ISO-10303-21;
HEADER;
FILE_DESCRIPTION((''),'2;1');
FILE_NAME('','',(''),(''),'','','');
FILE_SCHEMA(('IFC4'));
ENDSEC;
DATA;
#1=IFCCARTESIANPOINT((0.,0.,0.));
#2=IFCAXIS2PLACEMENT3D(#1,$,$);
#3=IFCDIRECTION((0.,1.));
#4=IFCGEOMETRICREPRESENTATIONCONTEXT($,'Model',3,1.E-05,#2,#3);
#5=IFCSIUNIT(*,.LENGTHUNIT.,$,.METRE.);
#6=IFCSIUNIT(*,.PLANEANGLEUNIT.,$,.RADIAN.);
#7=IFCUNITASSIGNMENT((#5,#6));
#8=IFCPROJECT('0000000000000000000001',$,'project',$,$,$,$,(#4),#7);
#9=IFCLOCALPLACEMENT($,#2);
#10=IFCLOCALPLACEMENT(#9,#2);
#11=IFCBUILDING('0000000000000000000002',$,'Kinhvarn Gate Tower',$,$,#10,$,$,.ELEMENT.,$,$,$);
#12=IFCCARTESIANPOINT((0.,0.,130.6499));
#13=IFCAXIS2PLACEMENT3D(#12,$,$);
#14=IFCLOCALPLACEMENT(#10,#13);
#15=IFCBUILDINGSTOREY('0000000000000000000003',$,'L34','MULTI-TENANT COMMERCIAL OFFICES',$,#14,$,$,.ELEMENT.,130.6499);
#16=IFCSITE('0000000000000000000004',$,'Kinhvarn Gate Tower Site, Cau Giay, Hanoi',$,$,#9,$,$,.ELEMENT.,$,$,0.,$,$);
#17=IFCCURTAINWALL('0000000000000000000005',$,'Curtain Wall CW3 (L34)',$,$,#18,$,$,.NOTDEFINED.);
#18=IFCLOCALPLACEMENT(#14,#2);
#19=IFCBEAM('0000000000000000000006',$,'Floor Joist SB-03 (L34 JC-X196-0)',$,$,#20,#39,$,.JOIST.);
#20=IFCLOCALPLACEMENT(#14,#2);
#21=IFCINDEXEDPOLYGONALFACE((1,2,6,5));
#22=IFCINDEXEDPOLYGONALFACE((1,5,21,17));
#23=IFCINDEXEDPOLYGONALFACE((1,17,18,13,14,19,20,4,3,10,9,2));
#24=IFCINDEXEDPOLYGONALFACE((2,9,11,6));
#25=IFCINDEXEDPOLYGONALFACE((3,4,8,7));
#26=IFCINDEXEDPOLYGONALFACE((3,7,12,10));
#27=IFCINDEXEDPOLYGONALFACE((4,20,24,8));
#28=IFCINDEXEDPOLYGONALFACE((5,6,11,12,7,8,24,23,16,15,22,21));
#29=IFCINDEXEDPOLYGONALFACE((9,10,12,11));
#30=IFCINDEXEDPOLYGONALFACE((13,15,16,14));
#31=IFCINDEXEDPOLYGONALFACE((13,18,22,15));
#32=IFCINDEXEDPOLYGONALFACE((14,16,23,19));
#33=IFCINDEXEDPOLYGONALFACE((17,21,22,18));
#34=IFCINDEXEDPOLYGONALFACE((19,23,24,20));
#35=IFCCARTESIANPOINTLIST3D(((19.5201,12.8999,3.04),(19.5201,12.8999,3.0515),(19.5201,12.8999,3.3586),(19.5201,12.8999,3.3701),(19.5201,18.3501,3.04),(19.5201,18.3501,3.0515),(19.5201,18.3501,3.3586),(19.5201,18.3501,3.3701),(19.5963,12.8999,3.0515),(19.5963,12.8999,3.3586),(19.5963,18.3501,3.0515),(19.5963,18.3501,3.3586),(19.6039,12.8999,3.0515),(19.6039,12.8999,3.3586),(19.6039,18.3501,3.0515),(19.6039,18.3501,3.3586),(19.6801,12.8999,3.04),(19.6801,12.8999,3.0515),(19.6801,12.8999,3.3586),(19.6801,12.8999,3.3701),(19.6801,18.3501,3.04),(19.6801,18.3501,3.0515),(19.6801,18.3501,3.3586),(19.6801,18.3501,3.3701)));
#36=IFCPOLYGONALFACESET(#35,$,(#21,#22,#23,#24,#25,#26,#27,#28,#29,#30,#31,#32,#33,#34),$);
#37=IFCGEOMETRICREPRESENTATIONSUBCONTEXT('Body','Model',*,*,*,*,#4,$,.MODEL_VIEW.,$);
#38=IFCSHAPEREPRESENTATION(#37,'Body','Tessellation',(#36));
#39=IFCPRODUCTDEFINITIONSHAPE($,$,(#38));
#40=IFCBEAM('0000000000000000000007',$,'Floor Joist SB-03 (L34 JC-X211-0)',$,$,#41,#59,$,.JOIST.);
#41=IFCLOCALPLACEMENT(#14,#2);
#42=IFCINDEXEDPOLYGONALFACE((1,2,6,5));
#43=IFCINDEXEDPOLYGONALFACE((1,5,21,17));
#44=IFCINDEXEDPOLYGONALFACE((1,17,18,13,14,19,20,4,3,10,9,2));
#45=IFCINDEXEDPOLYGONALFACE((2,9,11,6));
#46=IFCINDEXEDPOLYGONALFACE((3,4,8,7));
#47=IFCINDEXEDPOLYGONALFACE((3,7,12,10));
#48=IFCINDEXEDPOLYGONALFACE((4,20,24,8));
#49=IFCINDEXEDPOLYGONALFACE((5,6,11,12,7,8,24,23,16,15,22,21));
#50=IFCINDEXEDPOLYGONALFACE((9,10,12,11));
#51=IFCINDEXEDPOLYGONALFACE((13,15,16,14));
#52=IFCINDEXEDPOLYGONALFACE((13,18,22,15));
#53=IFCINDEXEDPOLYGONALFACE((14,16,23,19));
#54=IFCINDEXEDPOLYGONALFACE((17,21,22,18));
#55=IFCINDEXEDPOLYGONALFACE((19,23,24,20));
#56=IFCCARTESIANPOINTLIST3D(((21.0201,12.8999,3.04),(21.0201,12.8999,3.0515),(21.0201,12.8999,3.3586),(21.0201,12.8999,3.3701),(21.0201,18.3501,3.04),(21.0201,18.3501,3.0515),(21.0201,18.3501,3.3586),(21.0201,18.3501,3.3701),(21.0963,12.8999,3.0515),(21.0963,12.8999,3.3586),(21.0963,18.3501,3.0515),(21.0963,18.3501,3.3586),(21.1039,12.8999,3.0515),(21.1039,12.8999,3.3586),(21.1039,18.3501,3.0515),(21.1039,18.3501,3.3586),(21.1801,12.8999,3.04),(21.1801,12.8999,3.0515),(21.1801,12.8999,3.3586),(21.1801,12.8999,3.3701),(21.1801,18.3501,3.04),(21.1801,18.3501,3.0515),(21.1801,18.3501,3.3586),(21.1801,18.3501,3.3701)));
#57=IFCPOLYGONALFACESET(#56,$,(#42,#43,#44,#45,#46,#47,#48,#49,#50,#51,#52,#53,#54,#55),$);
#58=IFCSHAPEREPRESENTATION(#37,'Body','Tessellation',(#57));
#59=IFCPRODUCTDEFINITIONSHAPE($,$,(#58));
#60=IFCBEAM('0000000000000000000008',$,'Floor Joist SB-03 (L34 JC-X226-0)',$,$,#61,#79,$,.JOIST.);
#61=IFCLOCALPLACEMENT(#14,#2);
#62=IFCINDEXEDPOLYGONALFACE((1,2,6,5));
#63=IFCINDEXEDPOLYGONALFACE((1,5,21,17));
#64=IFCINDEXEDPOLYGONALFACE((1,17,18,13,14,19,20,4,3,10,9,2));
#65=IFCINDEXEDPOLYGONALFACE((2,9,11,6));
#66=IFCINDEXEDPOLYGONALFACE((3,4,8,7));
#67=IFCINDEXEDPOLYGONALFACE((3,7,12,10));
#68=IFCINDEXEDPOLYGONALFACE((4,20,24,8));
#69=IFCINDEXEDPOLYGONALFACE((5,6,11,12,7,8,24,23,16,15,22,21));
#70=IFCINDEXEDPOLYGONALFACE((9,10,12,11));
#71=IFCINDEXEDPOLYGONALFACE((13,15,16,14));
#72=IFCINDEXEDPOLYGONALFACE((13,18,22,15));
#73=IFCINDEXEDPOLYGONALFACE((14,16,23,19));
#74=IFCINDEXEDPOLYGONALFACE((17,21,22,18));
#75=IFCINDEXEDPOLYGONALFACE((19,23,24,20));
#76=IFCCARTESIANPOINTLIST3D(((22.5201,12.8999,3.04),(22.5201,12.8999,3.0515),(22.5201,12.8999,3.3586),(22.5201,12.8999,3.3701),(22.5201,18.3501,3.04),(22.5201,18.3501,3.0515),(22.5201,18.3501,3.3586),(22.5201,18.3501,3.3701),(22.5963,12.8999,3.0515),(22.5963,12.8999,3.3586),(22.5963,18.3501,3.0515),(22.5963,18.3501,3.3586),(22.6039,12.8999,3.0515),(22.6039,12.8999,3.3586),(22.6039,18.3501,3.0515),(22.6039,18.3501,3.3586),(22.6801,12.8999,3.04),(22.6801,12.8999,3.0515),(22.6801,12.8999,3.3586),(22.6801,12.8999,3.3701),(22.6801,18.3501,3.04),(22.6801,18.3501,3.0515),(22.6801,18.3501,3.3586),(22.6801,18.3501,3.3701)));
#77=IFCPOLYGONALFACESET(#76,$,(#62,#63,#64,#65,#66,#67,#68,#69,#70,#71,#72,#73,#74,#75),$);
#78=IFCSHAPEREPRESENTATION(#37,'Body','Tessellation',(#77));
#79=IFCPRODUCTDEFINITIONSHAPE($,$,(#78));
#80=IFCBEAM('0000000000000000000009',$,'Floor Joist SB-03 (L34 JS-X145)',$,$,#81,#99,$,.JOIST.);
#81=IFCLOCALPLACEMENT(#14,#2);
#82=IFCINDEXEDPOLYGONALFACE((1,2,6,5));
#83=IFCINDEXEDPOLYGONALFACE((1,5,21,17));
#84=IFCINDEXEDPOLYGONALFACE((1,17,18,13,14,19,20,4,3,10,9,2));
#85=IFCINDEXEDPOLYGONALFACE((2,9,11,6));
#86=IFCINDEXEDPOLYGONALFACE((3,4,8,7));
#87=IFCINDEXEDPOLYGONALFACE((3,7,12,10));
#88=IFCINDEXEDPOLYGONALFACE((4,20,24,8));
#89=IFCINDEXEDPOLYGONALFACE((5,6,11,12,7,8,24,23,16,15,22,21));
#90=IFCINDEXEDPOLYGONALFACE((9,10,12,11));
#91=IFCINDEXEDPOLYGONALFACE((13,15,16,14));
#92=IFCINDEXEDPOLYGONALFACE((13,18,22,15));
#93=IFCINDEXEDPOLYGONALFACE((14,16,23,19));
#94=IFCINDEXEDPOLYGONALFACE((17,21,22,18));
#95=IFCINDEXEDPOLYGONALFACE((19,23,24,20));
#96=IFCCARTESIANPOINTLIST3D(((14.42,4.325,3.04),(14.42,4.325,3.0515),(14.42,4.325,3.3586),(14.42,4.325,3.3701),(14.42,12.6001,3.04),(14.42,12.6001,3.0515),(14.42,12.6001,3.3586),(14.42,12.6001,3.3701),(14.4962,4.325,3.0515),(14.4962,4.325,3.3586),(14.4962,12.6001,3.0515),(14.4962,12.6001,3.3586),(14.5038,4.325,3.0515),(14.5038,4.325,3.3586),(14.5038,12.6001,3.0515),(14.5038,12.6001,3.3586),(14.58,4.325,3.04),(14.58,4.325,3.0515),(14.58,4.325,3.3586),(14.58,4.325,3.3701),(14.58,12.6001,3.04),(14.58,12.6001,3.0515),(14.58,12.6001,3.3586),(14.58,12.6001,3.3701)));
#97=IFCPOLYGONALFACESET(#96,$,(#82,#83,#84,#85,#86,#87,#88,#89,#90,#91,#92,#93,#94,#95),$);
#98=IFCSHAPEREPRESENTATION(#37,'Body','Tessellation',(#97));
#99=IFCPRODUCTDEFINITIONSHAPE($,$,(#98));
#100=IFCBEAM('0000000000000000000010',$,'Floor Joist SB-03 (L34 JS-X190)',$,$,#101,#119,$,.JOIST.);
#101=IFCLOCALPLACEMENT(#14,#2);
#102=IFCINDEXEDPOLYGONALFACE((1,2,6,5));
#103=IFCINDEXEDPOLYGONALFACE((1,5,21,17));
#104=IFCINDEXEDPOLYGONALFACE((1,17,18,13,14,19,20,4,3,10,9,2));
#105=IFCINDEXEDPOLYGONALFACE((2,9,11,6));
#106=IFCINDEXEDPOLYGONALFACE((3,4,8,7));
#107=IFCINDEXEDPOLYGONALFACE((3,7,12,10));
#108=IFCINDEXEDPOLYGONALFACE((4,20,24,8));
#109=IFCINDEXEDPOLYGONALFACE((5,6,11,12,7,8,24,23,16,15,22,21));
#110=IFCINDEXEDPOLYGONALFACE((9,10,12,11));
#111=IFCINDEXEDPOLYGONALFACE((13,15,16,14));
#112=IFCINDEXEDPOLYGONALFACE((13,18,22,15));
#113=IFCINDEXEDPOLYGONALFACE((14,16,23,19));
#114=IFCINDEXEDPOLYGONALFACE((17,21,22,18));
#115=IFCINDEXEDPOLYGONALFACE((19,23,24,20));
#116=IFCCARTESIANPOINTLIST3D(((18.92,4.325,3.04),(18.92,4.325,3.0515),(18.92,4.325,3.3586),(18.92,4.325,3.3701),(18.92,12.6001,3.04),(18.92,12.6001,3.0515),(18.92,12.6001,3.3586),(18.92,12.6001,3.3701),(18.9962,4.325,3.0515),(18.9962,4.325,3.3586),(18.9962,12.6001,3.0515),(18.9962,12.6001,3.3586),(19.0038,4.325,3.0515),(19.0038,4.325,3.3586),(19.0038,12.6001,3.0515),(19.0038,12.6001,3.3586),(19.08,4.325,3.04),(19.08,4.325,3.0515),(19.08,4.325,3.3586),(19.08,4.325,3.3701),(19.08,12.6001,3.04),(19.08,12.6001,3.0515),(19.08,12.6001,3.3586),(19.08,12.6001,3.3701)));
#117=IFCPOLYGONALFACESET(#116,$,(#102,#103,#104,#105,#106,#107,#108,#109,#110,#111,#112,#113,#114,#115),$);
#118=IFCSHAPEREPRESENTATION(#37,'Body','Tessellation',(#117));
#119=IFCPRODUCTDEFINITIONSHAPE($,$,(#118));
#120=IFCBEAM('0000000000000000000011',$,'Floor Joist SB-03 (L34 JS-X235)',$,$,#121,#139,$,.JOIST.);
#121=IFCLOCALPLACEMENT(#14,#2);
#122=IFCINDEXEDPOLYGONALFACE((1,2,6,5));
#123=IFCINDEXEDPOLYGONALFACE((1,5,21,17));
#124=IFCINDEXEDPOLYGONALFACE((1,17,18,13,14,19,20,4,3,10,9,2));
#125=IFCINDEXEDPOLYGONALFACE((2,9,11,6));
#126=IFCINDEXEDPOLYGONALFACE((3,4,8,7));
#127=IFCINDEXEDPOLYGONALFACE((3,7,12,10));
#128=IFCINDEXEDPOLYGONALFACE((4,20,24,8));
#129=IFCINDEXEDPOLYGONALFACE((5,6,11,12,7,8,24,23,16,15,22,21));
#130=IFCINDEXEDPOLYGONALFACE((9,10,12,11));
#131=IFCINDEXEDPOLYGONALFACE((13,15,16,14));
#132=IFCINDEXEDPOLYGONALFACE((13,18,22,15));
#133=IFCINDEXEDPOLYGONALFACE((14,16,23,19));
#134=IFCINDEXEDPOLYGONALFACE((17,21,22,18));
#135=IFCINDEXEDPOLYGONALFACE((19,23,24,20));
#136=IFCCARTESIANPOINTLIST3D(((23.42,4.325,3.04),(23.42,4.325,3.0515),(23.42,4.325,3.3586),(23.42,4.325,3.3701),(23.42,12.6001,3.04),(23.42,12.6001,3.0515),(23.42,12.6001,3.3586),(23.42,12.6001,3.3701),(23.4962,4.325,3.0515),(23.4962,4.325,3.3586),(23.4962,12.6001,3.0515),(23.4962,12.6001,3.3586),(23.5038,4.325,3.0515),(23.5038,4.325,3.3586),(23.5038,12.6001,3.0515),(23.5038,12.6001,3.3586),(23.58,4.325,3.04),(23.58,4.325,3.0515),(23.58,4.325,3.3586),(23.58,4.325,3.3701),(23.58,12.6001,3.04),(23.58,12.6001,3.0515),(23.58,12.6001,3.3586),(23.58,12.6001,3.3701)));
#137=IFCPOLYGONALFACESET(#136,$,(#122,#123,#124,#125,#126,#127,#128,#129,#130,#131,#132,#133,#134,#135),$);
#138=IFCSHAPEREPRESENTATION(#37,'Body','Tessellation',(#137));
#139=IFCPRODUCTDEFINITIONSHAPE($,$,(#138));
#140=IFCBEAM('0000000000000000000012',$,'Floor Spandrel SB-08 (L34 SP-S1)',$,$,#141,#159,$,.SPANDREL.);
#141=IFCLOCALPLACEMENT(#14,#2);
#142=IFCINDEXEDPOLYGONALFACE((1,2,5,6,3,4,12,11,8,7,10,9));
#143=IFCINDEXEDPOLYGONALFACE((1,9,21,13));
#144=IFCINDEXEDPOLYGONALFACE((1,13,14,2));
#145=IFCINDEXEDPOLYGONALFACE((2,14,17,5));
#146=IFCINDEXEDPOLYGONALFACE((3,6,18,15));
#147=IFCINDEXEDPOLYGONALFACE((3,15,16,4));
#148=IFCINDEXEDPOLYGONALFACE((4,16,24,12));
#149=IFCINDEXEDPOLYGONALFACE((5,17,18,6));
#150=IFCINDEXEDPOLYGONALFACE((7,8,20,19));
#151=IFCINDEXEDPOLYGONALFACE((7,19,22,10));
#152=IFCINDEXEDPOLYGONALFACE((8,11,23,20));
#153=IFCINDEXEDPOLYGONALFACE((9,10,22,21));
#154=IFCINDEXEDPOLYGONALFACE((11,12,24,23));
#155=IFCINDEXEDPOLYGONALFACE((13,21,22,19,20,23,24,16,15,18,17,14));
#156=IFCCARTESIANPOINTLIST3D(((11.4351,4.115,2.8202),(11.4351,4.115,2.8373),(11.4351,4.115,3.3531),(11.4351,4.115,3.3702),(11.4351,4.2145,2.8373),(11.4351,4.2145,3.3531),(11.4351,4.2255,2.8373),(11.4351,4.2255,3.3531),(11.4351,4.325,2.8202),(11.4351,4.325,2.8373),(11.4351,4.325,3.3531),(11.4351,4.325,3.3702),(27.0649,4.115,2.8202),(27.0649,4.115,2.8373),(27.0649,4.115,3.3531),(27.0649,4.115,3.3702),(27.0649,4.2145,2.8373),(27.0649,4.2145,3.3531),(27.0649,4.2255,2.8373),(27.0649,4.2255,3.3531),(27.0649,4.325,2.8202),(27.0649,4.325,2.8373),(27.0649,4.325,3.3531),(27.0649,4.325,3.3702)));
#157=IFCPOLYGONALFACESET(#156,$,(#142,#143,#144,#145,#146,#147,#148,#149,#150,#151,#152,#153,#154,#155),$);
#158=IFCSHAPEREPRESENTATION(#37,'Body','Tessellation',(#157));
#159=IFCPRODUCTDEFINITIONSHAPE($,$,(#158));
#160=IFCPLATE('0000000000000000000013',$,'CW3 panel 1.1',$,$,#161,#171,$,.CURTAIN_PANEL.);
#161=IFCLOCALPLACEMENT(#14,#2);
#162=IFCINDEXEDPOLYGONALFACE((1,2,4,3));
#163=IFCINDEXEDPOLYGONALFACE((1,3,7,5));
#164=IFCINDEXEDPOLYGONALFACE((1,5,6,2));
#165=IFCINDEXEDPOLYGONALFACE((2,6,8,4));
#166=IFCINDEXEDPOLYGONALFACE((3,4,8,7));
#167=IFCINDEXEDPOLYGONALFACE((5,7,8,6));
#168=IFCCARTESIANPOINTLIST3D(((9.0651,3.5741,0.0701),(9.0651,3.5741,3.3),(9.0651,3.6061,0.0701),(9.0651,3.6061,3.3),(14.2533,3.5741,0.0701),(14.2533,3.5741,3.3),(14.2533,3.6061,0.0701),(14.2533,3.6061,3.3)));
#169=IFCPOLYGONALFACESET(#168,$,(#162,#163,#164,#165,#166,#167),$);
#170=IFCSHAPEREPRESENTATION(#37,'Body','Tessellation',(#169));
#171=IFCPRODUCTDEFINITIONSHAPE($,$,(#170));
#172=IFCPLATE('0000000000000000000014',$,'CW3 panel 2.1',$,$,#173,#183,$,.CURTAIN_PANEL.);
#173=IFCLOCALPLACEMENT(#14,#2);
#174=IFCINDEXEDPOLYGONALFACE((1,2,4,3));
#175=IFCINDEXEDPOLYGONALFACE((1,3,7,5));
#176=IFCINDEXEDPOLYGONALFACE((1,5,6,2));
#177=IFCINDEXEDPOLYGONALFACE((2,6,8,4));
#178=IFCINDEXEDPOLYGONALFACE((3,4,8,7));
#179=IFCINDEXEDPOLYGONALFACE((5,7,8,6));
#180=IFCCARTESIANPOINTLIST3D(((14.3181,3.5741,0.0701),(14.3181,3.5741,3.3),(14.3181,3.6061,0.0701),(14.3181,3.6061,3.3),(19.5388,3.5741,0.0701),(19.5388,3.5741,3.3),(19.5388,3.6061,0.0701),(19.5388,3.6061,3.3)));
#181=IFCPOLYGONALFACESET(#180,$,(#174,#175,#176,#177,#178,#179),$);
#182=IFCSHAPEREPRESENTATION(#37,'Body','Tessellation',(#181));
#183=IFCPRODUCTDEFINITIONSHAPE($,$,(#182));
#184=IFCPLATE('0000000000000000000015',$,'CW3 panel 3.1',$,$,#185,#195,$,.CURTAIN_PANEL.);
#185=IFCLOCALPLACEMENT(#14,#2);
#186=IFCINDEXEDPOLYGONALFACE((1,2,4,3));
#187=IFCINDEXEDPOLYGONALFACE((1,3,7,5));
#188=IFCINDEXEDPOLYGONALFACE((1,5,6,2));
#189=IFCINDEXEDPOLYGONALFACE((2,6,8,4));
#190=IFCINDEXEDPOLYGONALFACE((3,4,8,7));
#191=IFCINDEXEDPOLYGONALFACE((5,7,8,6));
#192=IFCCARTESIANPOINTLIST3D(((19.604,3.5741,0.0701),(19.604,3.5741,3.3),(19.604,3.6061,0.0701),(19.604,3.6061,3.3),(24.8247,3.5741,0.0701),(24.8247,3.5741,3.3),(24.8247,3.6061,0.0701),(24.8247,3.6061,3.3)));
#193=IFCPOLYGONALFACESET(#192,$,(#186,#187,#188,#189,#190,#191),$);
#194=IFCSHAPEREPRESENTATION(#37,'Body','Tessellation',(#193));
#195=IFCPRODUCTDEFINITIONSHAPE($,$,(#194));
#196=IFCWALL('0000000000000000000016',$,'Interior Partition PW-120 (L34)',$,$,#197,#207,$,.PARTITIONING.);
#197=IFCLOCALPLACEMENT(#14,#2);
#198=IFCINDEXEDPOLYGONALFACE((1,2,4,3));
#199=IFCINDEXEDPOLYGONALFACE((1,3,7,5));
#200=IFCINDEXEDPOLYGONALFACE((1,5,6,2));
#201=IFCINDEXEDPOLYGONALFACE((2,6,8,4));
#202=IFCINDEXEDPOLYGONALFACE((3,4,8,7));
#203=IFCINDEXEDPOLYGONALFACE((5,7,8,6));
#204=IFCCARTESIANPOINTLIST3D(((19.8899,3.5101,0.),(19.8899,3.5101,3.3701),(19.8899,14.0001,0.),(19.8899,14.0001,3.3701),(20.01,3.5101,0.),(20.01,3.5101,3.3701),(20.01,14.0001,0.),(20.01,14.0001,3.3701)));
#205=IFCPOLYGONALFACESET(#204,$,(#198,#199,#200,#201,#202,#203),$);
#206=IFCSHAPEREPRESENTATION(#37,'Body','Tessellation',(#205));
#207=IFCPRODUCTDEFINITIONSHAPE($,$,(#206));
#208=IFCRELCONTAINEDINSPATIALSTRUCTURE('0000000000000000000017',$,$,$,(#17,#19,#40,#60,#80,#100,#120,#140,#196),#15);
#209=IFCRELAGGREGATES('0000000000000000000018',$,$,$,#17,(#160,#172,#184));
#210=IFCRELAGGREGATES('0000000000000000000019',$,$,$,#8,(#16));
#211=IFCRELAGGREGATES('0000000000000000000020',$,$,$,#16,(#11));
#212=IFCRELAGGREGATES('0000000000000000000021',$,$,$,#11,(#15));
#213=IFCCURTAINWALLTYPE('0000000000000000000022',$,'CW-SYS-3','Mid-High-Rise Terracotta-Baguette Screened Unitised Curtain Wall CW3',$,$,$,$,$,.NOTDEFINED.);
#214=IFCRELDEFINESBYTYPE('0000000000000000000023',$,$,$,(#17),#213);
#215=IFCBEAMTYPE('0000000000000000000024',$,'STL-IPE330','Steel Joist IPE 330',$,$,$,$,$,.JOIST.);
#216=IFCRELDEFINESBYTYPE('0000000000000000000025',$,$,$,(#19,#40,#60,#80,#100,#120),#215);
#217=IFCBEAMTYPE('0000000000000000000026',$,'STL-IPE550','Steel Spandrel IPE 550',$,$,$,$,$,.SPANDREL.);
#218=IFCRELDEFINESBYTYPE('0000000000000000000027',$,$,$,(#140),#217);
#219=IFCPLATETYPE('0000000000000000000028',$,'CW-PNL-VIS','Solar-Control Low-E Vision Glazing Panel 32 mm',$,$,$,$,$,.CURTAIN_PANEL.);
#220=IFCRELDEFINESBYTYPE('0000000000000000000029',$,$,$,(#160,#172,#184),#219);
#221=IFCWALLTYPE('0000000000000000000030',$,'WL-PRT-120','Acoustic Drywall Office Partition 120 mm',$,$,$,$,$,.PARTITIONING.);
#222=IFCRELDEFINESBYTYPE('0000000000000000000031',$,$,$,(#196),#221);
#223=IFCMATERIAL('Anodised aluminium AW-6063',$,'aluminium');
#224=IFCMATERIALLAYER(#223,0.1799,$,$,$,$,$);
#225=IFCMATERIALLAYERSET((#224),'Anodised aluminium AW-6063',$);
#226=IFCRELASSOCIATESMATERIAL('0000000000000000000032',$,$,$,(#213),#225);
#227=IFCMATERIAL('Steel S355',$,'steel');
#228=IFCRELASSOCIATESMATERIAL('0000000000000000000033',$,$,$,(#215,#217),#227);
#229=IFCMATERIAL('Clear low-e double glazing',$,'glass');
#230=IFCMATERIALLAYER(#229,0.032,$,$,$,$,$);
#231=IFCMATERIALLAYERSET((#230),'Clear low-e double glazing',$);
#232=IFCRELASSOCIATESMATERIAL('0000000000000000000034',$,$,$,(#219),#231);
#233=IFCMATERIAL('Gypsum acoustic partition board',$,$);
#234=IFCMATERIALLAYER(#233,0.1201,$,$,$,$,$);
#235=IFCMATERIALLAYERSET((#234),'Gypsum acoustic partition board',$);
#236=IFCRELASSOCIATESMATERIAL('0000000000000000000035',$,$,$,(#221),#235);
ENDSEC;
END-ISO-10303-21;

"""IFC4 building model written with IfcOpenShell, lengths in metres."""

from ifc_helpers import new_model, si_unit, direction, frame, frame_2d, origin, origin_2d, place, context, subcontext, project, spatial, rectangle, i_section, extrude, material, layer, layer_set, material_profile, profile_set, type_object, element, aggregate, save


model = new_model("IFC4")

# Units and contexts
model_context = context("Model", 3, precision=1e-05, world=origin(), true_north=direction((0.0, 1.0)))
body_context = subcontext(model_context, "Body", "Model", "MODEL_VIEW")
ifc_project = project(units=[si_unit("LENGTHUNIT", "METRE"), si_unit("PLANEANGLEUNIT", "RADIAN")], contexts=[model_context])

# Site, building, storey
site_placement = place(None, origin())
site = spatial("IfcSite", under=ifc_project, at=site_placement, Name="Kinhvarn Gate Tower Site, Cau Giay, Hanoi", CompositionType="ELEMENT", RefElevation=0.0)
building_placement = place(site_placement, origin())
building = spatial("IfcBuilding", under=site, at=building_placement, Name="Kinhvarn Gate Tower", CompositionType="ELEMENT")
storey_placement = place(building_placement, frame((0.0, 0.0, 130.6499)))
storey = spatial("IfcBuildingStorey", under=building, at=storey_placement, Name="L34", Description="MULTI-TENANT COMMERCIAL OFFICES", CompositionType="ELEMENT", Elevation=130.6499)

# Curtain wall
ifc_material_1 = material(Name="Anodised aluminium AW-6063", Category="aluminium")
ifc_layer_1 = layer(ifc_material_1, 0.1799)
ifc_layer_set_1 = layer_set([ifc_layer_1], Name="Anodised aluminium AW-6063")
curtain_wall_type = type_object("IfcCurtainWallType", Name="CW-SYS-3", Description="Mid-High-Rise Terracotta-Baguette Screened Unitised Curtain Wall CW3", PredefinedType="NOTDEFINED", material=ifc_layer_set_1)
curtain_wall_placement = place(storey_placement, origin())
curtain_wall = element("IfcCurtainWall", 1, at=curtain_wall_placement, inside=storey, type_object=curtain_wall_type, Name="Curtain Wall CW3 (L34)", PredefinedType="NOTDEFINED")

# Beams
ifc_material_2 = material(Name="Steel S355", Category="steel")
ifc_material_profile_1 = material_profile(ifc_material_2, i_section(OverallWidth=0.1599, OverallDepth=0.3301, WebThickness=0.0076, FlangeThickness=0.0115, at=origin_2d()), Name="IPE 330")
ifc_profile_set_1 = profile_set([ifc_material_profile_1], Name="Steel S355")
beam_type_1 = type_object("IfcBeamType", Name="STL-IPE330", Description="Steel Joist IPE 330", PredefinedType="JOIST", material=ifc_profile_set_1)
for number, where, z_axis, x_axis, name in (
    (2, (19.6001, 12.8999, 3.2051), (0.0, 1.0, 0.0), (-1.0, 0.0, 0.0), "Floor Joist SB-03 (L34 JC-X196-0)"),
    (3, (21.1001, 12.8999, 3.2051), (0.0, 1.0, 0.0), (-1.0, 0.0, 0.0), "Floor Joist SB-03 (L34 JC-X211-0)"),
    (4, (22.6001, 12.8999, 3.2051), (0.0, 1.0, 0.0), (-1.0, 0.0, 0.0), "Floor Joist SB-03 (L34 JC-X226-0)"),
):
    element("IfcBeam", number, at=place(storey_placement, frame(where, z_axis=z_axis, x_axis=x_axis)), inside=storey, type_object=beam_type_1, Name=name, PredefinedType="JOIST", context=body_context, shape_type="SweptSolid", body=[
        extrude(i_section(OverallWidth=0.1599, OverallDepth=0.3301, WebThickness=0.0076, FlangeThickness=0.0115, at=origin_2d()), origin(), (0.0, 0.0, 1.0), 5.4502),
    ])
for number, where, z_axis, x_axis, name in (
    (5, (14.5, 4.325, 3.2051), (0.0, 1.0, 0.0), (-1.0, 0.0, 0.0), "Floor Joist SB-03 (L34 JS-X145)"),
    (6, (19.0, 4.325, 3.2051), (0.0, 1.0, 0.0), (-1.0, 0.0, 0.0), "Floor Joist SB-03 (L34 JS-X190)"),
    (7, (23.5, 4.325, 3.2051), (0.0, 1.0, 0.0), (-1.0, 0.0, 0.0), "Floor Joist SB-03 (L34 JS-X235)"),
):
    element("IfcBeam", number, at=place(storey_placement, frame(where, z_axis=z_axis, x_axis=x_axis)), inside=storey, type_object=beam_type_1, Name=name, PredefinedType="JOIST", context=body_context, shape_type="SweptSolid", body=[
        extrude(i_section(OverallWidth=0.1599, OverallDepth=0.3301, WebThickness=0.0076, FlangeThickness=0.0115, at=origin_2d()), origin(), (0.0, 0.0, 1.0), 8.2751),
    ])
ifc_material_profile_2 = material_profile(ifc_material_2, i_section(OverallWidth=0.21, OverallDepth=0.55, WebThickness=0.011, FlangeThickness=0.0171, at=origin_2d()), Name="IPE 550")
ifc_profile_set_2 = profile_set([ifc_material_profile_2], Name="Steel S355")
beam_type_2 = type_object("IfcBeamType", Name="STL-IPE550", Description="Steel Spandrel IPE 550", PredefinedType="SPANDREL", material=ifc_profile_set_2)
beam_1_placement = place(storey_placement, frame((11.4351, 4.22, 3.0952), z_axis=(1.0, 0.0, 0.0), x_axis=(0.0, 1.0, 0.0)))
element("IfcBeam", 8, at=beam_1_placement, inside=storey, type_object=beam_type_2, Name="Floor Spandrel SB-08 (L34 SP-S1)", PredefinedType="SPANDREL", context=body_context, shape_type="SweptSolid", body=[
    extrude(i_section(OverallWidth=0.21, OverallDepth=0.55, WebThickness=0.011, FlangeThickness=0.0171, at=origin_2d()), origin(), (0.0, 0.0, 1.0), 15.6299),
])

# Plates
ifc_material_3 = material(Name="Clear low-e double glazing", Category="glass")
ifc_layer_2 = layer(ifc_material_3, 0.032)
ifc_layer_set_2 = layer_set([ifc_layer_2], Name="Clear low-e double glazing")
plate_type = type_object("IfcPlateType", Name="CW-PNL-VIS", Description="Solar-Control Low-E Vision Glazing Panel 32 mm", PredefinedType="CURTAIN_PANEL", material=ifc_layer_set_2)
plate_1_placement = place(storey_placement, frame((11.6592, 3.5901, 0.0701), z_axis=(0.0, 0.0, 1.0), x_axis=(1.0, 0.0, 0.0)))
plate_1 = element("IfcPlate", 9, at=plate_1_placement, type_object=plate_type, Name="CW3 panel 1.1", PredefinedType="CURTAIN_PANEL", context=body_context, shape_type="SweptSolid", body=[
    extrude(rectangle(XDim=5.1882, YDim=0.032, at=origin_2d()), origin(), (0.0, 0.0, 1.0), 3.23),
])
plate_2_placement = place(storey_placement, frame((16.9285, 3.5901, 0.0701), z_axis=(0.0, 0.0, 1.0), x_axis=(1.0, 0.0, 0.0)))
plate_2 = element("IfcPlate", 10, at=plate_2_placement, type_object=plate_type, Name="CW3 panel 2.1", PredefinedType="CURTAIN_PANEL", context=body_context, shape_type="SweptSolid", body=[
    extrude(rectangle(XDim=5.2207, YDim=0.032, at=origin_2d()), origin(), (0.0, 0.0, 1.0), 3.23),
])
plate_3_placement = place(storey_placement, frame((22.2144, 3.5901, 0.0701), z_axis=(0.0, 0.0, 1.0), x_axis=(1.0, 0.0, 0.0)))
plate_3 = element("IfcPlate", 11, at=plate_3_placement, type_object=plate_type, Name="CW3 panel 3.1", PredefinedType="CURTAIN_PANEL", context=body_context, shape_type="SweptSolid", body=[
    extrude(rectangle(XDim=5.2207, YDim=0.032, at=origin_2d()), origin(), (0.0, 0.0, 1.0), 3.23),
])
aggregate(curtain_wall, [plate_1, plate_2, plate_3])

# Wall
ifc_material_4 = material(Name="Gypsum acoustic partition board")
ifc_layer_3 = layer(ifc_material_4, 0.1201)
ifc_layer_set_3 = layer_set([ifc_layer_3], Name="Gypsum acoustic partition board")
wall_type_1 = type_object("IfcWallType", Name="WL-PRT-120", Description="Acoustic Drywall Office Partition 120 mm", PredefinedType="PARTITIONING", material=ifc_layer_set_3)
wall_1_placement = place(storey_placement, frame((19.95, 3.51, 0.0), z_axis=(0.0, 0.0, 1.0), x_axis=(0.0, 1.0, 0.0)))
element("IfcWall", 12, at=wall_1_placement, inside=storey, type_object=wall_type_1, Name="Interior Partition PW-120 (L34)", PredefinedType="PARTITIONING", context=body_context, shape_type="SweptSolid", body=[
    extrude(rectangle(XDim=10.49, YDim=0.1201, at=frame_2d((5.2451, 0.0))), origin(), (0.0, 0.0, 1.0), 3.3701),
])

save(model, "model.ifc")
